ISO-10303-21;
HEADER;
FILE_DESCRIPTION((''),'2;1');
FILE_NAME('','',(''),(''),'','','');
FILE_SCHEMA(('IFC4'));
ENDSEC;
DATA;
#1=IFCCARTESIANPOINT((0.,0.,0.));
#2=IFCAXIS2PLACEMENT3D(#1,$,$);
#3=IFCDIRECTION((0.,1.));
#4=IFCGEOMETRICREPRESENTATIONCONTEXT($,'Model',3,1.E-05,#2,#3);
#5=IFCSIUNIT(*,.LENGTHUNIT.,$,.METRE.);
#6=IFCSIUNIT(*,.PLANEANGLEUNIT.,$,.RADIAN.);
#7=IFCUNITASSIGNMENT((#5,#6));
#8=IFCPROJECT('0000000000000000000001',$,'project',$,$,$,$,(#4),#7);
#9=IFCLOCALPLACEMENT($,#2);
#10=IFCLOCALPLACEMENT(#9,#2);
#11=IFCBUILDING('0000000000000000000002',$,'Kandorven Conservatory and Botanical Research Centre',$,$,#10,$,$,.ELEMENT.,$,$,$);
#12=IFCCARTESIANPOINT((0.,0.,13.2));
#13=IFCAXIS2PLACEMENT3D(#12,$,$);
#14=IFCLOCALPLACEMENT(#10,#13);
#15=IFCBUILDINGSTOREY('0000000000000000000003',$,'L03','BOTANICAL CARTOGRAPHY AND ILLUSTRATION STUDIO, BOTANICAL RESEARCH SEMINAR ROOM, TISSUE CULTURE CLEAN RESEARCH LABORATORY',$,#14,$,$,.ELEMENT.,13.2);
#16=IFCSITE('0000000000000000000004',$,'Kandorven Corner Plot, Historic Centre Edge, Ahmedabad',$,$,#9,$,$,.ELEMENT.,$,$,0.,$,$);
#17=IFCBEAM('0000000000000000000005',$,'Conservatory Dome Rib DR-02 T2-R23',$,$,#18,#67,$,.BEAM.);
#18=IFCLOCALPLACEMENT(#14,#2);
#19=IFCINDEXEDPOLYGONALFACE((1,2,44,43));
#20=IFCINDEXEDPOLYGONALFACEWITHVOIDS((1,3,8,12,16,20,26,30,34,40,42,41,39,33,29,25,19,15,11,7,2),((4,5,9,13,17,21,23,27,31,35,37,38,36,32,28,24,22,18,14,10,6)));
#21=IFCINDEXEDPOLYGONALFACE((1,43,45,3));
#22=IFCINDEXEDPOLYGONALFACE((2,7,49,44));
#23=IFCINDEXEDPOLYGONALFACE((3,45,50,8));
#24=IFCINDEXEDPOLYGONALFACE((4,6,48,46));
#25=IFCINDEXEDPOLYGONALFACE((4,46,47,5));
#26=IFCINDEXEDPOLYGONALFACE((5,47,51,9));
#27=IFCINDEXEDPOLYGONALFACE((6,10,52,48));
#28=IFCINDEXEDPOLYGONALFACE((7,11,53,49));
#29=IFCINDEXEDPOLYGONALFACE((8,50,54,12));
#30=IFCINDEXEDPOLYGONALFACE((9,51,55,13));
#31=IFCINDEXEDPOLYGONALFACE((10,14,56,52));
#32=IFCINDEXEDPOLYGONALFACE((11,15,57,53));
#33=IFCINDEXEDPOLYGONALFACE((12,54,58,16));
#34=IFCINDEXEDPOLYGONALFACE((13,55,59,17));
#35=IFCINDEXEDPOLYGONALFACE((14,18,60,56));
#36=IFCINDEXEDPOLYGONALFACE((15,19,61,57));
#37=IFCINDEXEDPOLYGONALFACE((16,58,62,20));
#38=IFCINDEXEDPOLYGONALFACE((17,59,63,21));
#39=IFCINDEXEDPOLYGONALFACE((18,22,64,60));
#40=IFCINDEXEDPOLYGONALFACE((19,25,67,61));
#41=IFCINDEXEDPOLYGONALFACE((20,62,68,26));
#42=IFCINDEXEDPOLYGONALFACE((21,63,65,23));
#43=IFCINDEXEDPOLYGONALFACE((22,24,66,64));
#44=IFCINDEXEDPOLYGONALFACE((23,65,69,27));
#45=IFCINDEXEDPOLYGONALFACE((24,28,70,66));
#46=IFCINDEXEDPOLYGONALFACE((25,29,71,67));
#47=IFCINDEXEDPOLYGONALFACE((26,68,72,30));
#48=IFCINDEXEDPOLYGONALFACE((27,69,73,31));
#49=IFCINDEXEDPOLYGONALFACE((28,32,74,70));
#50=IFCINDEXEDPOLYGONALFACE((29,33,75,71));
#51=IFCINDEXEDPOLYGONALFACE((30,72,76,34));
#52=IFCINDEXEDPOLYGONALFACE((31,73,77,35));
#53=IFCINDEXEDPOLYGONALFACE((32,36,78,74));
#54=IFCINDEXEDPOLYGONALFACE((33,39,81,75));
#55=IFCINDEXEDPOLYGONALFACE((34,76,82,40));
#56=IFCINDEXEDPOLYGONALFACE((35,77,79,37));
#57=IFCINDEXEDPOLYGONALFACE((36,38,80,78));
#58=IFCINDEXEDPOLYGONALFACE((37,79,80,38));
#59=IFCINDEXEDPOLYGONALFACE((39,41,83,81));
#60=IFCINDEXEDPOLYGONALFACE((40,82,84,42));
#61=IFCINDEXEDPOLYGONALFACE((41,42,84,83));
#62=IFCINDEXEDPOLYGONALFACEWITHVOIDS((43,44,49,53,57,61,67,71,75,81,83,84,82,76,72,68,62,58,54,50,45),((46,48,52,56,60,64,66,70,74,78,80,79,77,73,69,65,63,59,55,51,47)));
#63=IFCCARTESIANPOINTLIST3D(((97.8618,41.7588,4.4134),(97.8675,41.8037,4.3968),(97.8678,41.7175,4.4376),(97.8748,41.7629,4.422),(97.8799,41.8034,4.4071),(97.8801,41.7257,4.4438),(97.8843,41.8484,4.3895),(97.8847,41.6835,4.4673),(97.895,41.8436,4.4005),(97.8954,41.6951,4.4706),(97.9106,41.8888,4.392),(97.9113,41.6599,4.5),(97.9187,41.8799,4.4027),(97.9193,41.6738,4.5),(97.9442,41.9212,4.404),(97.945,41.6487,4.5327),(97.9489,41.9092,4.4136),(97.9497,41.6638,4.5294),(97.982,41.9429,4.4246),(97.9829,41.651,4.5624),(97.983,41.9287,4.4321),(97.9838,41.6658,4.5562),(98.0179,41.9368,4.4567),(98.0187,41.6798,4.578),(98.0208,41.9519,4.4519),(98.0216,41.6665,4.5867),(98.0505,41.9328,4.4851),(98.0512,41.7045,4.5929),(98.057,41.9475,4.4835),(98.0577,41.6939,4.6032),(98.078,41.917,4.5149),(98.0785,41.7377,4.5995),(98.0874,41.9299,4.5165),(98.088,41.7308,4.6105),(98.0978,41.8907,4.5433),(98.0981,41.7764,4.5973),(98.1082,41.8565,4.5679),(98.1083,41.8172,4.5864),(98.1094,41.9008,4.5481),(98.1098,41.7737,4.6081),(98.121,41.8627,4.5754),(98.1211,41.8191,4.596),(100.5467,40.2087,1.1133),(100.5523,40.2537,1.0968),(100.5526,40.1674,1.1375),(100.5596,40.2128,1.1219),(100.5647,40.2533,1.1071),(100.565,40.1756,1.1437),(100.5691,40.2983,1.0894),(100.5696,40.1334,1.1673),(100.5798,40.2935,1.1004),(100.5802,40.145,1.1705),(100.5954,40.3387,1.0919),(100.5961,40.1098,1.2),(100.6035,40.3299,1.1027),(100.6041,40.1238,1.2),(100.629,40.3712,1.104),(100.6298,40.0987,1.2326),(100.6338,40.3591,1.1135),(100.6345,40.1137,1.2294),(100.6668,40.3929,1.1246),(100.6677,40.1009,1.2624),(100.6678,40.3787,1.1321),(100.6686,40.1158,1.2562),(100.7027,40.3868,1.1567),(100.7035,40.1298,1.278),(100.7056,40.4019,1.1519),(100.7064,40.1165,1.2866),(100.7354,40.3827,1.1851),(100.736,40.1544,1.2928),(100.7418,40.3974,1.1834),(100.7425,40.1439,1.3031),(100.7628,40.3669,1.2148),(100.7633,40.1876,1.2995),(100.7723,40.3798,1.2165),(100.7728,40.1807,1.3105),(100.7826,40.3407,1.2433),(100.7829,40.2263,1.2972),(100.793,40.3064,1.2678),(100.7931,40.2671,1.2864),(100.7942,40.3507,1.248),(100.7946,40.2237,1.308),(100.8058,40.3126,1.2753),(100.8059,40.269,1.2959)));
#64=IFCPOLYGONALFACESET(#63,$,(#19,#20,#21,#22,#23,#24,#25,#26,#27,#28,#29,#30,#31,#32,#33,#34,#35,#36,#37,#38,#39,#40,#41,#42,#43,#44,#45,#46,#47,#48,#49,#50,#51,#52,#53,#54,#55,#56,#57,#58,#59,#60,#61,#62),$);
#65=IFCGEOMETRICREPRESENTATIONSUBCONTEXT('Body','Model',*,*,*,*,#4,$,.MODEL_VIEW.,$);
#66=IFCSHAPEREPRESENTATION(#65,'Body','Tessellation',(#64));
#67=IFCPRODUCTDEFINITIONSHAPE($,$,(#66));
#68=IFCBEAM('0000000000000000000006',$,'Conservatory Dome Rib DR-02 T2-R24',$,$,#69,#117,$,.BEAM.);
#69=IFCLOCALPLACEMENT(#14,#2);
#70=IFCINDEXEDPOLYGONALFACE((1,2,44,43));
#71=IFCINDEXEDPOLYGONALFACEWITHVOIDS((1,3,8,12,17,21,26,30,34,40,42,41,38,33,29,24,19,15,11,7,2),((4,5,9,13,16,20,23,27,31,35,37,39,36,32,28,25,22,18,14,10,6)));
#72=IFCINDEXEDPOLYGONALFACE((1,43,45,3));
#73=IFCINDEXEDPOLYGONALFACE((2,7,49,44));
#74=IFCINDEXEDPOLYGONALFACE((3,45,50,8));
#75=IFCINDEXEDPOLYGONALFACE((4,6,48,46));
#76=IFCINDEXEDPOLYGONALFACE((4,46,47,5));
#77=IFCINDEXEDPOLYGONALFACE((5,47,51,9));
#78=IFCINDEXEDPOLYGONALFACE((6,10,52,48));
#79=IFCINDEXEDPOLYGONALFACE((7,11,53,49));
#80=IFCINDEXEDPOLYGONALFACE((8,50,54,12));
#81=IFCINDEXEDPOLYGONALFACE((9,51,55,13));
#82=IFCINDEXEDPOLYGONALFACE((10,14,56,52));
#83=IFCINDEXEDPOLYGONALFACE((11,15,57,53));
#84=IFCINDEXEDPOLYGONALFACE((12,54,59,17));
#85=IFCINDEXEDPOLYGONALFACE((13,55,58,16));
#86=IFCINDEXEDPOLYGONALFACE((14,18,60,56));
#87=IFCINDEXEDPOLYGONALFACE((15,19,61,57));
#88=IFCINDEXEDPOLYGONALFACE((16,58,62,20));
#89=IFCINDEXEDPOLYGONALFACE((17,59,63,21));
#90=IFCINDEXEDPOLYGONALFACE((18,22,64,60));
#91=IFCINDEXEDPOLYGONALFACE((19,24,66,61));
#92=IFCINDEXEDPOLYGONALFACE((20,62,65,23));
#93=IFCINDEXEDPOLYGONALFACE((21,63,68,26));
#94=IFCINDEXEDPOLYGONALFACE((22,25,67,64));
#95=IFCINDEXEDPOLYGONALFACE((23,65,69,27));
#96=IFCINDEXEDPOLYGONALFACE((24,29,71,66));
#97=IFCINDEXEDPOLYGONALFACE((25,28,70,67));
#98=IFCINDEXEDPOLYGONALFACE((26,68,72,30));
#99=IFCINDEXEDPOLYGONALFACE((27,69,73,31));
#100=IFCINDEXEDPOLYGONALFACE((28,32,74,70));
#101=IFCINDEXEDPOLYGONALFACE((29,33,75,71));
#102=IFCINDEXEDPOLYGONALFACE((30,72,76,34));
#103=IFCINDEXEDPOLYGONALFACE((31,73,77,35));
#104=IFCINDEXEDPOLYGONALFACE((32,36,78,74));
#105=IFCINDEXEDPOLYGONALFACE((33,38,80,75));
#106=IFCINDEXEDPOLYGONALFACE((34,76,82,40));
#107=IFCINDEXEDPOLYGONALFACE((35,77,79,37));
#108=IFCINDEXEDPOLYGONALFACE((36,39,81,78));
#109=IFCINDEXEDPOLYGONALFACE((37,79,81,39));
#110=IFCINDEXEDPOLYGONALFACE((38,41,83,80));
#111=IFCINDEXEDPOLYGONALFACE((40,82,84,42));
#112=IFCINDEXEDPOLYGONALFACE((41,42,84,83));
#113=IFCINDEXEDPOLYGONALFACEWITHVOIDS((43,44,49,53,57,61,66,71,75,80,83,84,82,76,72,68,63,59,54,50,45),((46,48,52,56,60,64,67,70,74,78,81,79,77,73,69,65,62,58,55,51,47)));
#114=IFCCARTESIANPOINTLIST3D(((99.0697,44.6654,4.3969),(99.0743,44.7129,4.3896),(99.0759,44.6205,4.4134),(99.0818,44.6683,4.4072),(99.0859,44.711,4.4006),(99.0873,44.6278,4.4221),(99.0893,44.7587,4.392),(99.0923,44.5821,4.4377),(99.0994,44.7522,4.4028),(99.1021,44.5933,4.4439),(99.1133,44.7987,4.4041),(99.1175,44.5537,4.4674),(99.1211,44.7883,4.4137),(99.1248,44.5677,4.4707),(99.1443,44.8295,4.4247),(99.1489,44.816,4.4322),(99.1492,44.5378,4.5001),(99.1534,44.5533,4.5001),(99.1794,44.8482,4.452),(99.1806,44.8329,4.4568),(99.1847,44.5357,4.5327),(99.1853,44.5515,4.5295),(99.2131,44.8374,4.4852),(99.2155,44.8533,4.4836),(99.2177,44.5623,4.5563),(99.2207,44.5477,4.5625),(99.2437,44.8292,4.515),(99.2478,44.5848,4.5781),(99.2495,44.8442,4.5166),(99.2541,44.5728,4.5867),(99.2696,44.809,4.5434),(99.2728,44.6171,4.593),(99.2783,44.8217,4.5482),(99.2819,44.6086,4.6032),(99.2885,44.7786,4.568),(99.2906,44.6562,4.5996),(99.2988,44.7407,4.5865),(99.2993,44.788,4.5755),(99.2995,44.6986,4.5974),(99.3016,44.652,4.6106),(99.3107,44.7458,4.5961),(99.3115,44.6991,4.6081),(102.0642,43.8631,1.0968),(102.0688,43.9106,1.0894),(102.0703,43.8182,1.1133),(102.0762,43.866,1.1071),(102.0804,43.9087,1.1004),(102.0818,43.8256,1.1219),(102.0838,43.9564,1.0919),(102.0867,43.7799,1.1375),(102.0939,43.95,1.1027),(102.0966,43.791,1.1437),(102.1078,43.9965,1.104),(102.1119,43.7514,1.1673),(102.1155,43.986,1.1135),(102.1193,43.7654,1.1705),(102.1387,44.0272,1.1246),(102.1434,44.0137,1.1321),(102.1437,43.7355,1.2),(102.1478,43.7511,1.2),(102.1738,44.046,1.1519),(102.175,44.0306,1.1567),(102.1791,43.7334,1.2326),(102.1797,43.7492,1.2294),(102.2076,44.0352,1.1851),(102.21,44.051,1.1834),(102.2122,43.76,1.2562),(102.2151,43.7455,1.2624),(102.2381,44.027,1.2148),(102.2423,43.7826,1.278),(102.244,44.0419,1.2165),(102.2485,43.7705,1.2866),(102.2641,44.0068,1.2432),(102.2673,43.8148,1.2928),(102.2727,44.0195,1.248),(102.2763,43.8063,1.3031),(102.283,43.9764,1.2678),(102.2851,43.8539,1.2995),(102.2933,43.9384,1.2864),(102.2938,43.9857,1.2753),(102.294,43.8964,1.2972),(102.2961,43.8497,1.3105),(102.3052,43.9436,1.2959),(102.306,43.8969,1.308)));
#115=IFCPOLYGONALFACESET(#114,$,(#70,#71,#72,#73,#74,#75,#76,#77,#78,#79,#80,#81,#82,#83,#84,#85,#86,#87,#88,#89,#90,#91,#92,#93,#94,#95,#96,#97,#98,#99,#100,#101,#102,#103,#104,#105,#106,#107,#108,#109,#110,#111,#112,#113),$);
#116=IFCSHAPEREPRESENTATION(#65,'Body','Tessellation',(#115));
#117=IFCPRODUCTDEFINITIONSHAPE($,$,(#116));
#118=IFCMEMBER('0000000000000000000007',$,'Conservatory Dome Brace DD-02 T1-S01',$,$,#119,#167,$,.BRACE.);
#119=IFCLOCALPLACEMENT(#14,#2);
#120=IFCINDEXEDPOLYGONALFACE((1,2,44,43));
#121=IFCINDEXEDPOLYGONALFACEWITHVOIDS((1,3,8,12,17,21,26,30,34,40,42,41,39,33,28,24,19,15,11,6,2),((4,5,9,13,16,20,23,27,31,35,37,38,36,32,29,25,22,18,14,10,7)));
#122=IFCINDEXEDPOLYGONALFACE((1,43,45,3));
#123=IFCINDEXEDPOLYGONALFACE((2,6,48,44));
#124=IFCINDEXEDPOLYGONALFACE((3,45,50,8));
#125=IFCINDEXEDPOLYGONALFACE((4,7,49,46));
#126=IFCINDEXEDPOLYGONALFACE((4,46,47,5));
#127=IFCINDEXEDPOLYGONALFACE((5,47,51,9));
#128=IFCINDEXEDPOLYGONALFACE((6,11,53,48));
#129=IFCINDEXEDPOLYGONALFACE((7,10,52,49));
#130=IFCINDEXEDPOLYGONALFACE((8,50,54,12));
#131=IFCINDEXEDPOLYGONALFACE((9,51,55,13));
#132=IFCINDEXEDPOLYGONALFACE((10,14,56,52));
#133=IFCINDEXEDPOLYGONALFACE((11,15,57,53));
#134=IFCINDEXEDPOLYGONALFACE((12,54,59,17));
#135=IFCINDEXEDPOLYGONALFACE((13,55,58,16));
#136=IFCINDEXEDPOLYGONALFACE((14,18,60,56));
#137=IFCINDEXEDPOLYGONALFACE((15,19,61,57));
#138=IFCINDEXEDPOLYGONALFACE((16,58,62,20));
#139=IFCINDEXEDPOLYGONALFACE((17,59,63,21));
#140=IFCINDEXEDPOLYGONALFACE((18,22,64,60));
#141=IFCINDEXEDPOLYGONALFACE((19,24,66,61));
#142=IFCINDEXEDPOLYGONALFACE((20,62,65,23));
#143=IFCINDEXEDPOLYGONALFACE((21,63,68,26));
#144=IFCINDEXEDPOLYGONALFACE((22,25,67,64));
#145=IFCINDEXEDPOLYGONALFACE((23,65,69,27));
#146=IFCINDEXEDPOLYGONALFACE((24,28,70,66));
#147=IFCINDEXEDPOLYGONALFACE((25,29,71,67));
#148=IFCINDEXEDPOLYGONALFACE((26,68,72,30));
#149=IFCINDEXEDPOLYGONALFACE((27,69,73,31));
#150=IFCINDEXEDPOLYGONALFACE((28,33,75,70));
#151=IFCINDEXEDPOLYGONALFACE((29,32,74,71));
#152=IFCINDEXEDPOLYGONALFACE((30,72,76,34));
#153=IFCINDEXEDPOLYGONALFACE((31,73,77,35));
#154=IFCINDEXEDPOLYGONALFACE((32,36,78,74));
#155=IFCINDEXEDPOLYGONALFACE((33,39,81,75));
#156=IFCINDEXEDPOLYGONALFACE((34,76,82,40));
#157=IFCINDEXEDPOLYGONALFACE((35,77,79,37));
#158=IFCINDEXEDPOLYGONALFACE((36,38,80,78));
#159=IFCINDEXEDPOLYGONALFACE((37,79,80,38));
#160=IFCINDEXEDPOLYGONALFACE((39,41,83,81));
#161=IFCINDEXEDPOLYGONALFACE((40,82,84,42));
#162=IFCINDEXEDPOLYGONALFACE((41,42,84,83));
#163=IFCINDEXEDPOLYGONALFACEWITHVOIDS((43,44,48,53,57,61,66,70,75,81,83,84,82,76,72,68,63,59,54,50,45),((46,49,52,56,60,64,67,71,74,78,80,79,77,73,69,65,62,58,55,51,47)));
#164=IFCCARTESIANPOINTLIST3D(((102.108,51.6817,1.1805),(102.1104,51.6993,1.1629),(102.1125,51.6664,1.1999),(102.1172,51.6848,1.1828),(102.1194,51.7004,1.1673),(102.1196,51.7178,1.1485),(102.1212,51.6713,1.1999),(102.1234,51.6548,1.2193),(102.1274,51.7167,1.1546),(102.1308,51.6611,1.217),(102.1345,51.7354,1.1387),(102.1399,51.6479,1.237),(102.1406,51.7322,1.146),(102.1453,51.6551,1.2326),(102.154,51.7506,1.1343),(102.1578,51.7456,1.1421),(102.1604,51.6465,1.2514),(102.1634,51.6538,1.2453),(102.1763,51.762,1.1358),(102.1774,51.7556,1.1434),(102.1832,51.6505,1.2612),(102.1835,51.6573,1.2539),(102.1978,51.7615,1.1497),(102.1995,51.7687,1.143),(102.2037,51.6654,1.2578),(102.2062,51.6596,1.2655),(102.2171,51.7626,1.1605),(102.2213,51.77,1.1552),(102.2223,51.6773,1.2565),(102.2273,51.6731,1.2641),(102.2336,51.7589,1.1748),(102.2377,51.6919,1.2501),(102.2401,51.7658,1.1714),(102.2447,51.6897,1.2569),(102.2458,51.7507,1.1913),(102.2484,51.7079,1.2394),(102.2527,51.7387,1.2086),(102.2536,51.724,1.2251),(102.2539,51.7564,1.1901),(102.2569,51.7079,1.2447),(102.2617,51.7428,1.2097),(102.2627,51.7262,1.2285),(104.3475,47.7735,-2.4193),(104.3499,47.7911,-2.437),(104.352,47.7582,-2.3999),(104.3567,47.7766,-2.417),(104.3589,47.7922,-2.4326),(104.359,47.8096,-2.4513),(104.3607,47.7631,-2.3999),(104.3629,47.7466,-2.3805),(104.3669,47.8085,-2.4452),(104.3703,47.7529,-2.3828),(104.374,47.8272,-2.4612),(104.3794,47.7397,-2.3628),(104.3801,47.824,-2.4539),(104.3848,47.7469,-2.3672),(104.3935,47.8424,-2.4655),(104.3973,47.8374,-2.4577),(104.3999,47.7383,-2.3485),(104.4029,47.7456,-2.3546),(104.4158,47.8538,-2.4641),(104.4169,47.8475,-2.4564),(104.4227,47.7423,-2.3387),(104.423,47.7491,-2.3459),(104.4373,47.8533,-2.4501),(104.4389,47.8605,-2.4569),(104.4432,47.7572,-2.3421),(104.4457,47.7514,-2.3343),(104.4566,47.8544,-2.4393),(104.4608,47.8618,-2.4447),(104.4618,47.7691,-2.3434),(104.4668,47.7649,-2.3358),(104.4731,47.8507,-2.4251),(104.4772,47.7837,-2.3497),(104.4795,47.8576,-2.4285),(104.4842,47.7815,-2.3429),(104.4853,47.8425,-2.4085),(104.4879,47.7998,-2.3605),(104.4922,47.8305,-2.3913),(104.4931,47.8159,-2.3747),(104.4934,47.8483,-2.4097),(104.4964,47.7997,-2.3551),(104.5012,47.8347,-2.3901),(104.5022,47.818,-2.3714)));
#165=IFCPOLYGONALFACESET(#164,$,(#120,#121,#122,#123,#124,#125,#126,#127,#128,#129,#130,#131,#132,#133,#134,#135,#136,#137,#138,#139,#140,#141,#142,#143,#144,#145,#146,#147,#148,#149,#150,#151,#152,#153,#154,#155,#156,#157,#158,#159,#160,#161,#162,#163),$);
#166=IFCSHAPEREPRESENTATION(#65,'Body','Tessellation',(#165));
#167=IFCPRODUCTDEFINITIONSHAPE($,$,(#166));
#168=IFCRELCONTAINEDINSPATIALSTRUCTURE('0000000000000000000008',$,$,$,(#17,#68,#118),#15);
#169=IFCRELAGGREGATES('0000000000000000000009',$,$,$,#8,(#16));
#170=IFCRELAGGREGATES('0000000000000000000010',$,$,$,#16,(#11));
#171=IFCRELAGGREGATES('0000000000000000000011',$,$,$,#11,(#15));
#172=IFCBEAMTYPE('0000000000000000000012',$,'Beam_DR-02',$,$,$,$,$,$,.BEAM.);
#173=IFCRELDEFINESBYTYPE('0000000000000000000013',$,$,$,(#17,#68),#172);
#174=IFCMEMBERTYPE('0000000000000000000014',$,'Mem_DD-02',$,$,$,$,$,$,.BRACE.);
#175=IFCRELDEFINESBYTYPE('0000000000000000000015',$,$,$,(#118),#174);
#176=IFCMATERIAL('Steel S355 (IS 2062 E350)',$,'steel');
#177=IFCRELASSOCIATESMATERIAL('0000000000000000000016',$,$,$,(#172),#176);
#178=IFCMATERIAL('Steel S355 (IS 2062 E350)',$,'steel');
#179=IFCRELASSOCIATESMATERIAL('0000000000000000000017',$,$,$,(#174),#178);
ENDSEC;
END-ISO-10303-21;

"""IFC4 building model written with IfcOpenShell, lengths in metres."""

from ifc_helpers import new_model, si_unit, direction, frame, origin, origin_2d, place, context, subcontext, project, spatial, hollow_circle, extrude, material, material_profile, profile_set, type_object, element, save


model = new_model("IFC4")

# Units and contexts
model_context = context("Model", 3, precision=1e-05, world=origin(), true_north=direction((0.0, 1.0)))
body_context = subcontext(model_context, "Body", "Model", "MODEL_VIEW")
ifc_project = project(units=[si_unit("LENGTHUNIT", "METRE"), si_unit("PLANEANGLEUNIT", "RADIAN")], contexts=[model_context])

# Site, building, storey
site_placement = place(None, origin())
site = spatial("IfcSite", under=ifc_project, at=site_placement, Name="Kandorven Corner Plot, Historic Centre Edge, Ahmedabad", CompositionType="ELEMENT", RefElevation=0.0)
building_placement = place(site_placement, origin())
building = spatial("IfcBuilding", under=site, at=building_placement, Name="Kandorven Conservatory and Botanical Research Centre", CompositionType="ELEMENT")
storey_placement = place(building_placement, frame((0.0, 0.0, 13.2)))
storey = spatial("IfcBuildingStorey", under=building, at=storey_placement, Name="L03", Description="BOTANICAL CARTOGRAPHY AND ILLUSTRATION STUDIO, BOTANICAL RESEARCH SEMINAR ROOM, TISSUE CULTURE CLEAN RESEARCH LABORATORY", CompositionType="ELEMENT", Elevation=13.2)

# Beams
ifc_material_1 = material(Name="Steel S355 (IS 2062 E350)", Category="steel")
ifc_material_profile_1 = material_profile(ifc_material_1, hollow_circle(Radius=0.1619, WallThickness=0.0161, at=origin_2d()))
ifc_profile_set_1 = profile_set([ifc_material_profile_1], Name="Steel S355 (IS 2062 E350)")
beam_type_1 = type_object("IfcBeamType", Name="Beam_DR-02", PredefinedType="BEAM", material=ifc_profile_set_1)
for number, where, z_axis, x_axis, name in (
    (1, (100.677, 40.25, 1.2), (-0.592959, 0.342338, 0.728837), (-0.499993, -0.86603, 0.0), "Conservatory Dome Rib DR-02 T2-R23"),
    (2, (102.1855, 43.8918, 1.2), (-0.661345, 0.177185, 0.728854), (-0.25879, -0.965934, 0.0), "Conservatory Dome Rib DR-02 T2-R24"),
):
    element("IfcBeam", number, at=place(storey_placement, frame(where, z_axis=z_axis, x_axis=x_axis)), inside=storey, type_object=beam_type_1, Name=name, PredefinedType="BEAM", context=body_context, shape_type="SweptSolid", body=[
        extrude(hollow_circle(Radius=0.1619, WallThickness=0.0161, at=origin_2d()), origin(), (0.0, 0.0, 1.0), 4.5278),
    ])

# Member
ifc_material_2 = material(Name="Steel S355 (IS 2062 E350)", Category="steel")
ifc_material_profile_2 = material_profile(ifc_material_2, hollow_circle(Radius=0.0842, WallThickness=0.01, at=origin_2d()))
ifc_profile_set_2 = profile_set([ifc_material_profile_2], Name="Steel S355 (IS 2062 E350)")
member_type_1 = type_object("IfcMemberType", Name="Mem_DD-02", PredefinedType="BRACE", material=ifc_profile_set_2)
for number, where, z_axis, x_axis, name in (
    (3, (104.425, 47.8, -2.3999), (-0.388388, 0.677785, 0.624309), (-0.867645, -0.497183, 0.0), "Conservatory Dome Brace DD-02 T1-S01"),
):
    element("IfcMember", number, at=place(storey_placement, frame(where, z_axis=z_axis, x_axis=x_axis)), inside=storey, type_object=member_type_1, Name=name, PredefinedType="BRACE", context=body_context, shape_type="SweptSolid", body=[
        extrude(hollow_circle(Radius=0.0842, WallThickness=0.01, at=origin_2d()), origin(), (0.0, 0.0, 1.0), 5.7661),
    ])

save(model, "model.ifc")
